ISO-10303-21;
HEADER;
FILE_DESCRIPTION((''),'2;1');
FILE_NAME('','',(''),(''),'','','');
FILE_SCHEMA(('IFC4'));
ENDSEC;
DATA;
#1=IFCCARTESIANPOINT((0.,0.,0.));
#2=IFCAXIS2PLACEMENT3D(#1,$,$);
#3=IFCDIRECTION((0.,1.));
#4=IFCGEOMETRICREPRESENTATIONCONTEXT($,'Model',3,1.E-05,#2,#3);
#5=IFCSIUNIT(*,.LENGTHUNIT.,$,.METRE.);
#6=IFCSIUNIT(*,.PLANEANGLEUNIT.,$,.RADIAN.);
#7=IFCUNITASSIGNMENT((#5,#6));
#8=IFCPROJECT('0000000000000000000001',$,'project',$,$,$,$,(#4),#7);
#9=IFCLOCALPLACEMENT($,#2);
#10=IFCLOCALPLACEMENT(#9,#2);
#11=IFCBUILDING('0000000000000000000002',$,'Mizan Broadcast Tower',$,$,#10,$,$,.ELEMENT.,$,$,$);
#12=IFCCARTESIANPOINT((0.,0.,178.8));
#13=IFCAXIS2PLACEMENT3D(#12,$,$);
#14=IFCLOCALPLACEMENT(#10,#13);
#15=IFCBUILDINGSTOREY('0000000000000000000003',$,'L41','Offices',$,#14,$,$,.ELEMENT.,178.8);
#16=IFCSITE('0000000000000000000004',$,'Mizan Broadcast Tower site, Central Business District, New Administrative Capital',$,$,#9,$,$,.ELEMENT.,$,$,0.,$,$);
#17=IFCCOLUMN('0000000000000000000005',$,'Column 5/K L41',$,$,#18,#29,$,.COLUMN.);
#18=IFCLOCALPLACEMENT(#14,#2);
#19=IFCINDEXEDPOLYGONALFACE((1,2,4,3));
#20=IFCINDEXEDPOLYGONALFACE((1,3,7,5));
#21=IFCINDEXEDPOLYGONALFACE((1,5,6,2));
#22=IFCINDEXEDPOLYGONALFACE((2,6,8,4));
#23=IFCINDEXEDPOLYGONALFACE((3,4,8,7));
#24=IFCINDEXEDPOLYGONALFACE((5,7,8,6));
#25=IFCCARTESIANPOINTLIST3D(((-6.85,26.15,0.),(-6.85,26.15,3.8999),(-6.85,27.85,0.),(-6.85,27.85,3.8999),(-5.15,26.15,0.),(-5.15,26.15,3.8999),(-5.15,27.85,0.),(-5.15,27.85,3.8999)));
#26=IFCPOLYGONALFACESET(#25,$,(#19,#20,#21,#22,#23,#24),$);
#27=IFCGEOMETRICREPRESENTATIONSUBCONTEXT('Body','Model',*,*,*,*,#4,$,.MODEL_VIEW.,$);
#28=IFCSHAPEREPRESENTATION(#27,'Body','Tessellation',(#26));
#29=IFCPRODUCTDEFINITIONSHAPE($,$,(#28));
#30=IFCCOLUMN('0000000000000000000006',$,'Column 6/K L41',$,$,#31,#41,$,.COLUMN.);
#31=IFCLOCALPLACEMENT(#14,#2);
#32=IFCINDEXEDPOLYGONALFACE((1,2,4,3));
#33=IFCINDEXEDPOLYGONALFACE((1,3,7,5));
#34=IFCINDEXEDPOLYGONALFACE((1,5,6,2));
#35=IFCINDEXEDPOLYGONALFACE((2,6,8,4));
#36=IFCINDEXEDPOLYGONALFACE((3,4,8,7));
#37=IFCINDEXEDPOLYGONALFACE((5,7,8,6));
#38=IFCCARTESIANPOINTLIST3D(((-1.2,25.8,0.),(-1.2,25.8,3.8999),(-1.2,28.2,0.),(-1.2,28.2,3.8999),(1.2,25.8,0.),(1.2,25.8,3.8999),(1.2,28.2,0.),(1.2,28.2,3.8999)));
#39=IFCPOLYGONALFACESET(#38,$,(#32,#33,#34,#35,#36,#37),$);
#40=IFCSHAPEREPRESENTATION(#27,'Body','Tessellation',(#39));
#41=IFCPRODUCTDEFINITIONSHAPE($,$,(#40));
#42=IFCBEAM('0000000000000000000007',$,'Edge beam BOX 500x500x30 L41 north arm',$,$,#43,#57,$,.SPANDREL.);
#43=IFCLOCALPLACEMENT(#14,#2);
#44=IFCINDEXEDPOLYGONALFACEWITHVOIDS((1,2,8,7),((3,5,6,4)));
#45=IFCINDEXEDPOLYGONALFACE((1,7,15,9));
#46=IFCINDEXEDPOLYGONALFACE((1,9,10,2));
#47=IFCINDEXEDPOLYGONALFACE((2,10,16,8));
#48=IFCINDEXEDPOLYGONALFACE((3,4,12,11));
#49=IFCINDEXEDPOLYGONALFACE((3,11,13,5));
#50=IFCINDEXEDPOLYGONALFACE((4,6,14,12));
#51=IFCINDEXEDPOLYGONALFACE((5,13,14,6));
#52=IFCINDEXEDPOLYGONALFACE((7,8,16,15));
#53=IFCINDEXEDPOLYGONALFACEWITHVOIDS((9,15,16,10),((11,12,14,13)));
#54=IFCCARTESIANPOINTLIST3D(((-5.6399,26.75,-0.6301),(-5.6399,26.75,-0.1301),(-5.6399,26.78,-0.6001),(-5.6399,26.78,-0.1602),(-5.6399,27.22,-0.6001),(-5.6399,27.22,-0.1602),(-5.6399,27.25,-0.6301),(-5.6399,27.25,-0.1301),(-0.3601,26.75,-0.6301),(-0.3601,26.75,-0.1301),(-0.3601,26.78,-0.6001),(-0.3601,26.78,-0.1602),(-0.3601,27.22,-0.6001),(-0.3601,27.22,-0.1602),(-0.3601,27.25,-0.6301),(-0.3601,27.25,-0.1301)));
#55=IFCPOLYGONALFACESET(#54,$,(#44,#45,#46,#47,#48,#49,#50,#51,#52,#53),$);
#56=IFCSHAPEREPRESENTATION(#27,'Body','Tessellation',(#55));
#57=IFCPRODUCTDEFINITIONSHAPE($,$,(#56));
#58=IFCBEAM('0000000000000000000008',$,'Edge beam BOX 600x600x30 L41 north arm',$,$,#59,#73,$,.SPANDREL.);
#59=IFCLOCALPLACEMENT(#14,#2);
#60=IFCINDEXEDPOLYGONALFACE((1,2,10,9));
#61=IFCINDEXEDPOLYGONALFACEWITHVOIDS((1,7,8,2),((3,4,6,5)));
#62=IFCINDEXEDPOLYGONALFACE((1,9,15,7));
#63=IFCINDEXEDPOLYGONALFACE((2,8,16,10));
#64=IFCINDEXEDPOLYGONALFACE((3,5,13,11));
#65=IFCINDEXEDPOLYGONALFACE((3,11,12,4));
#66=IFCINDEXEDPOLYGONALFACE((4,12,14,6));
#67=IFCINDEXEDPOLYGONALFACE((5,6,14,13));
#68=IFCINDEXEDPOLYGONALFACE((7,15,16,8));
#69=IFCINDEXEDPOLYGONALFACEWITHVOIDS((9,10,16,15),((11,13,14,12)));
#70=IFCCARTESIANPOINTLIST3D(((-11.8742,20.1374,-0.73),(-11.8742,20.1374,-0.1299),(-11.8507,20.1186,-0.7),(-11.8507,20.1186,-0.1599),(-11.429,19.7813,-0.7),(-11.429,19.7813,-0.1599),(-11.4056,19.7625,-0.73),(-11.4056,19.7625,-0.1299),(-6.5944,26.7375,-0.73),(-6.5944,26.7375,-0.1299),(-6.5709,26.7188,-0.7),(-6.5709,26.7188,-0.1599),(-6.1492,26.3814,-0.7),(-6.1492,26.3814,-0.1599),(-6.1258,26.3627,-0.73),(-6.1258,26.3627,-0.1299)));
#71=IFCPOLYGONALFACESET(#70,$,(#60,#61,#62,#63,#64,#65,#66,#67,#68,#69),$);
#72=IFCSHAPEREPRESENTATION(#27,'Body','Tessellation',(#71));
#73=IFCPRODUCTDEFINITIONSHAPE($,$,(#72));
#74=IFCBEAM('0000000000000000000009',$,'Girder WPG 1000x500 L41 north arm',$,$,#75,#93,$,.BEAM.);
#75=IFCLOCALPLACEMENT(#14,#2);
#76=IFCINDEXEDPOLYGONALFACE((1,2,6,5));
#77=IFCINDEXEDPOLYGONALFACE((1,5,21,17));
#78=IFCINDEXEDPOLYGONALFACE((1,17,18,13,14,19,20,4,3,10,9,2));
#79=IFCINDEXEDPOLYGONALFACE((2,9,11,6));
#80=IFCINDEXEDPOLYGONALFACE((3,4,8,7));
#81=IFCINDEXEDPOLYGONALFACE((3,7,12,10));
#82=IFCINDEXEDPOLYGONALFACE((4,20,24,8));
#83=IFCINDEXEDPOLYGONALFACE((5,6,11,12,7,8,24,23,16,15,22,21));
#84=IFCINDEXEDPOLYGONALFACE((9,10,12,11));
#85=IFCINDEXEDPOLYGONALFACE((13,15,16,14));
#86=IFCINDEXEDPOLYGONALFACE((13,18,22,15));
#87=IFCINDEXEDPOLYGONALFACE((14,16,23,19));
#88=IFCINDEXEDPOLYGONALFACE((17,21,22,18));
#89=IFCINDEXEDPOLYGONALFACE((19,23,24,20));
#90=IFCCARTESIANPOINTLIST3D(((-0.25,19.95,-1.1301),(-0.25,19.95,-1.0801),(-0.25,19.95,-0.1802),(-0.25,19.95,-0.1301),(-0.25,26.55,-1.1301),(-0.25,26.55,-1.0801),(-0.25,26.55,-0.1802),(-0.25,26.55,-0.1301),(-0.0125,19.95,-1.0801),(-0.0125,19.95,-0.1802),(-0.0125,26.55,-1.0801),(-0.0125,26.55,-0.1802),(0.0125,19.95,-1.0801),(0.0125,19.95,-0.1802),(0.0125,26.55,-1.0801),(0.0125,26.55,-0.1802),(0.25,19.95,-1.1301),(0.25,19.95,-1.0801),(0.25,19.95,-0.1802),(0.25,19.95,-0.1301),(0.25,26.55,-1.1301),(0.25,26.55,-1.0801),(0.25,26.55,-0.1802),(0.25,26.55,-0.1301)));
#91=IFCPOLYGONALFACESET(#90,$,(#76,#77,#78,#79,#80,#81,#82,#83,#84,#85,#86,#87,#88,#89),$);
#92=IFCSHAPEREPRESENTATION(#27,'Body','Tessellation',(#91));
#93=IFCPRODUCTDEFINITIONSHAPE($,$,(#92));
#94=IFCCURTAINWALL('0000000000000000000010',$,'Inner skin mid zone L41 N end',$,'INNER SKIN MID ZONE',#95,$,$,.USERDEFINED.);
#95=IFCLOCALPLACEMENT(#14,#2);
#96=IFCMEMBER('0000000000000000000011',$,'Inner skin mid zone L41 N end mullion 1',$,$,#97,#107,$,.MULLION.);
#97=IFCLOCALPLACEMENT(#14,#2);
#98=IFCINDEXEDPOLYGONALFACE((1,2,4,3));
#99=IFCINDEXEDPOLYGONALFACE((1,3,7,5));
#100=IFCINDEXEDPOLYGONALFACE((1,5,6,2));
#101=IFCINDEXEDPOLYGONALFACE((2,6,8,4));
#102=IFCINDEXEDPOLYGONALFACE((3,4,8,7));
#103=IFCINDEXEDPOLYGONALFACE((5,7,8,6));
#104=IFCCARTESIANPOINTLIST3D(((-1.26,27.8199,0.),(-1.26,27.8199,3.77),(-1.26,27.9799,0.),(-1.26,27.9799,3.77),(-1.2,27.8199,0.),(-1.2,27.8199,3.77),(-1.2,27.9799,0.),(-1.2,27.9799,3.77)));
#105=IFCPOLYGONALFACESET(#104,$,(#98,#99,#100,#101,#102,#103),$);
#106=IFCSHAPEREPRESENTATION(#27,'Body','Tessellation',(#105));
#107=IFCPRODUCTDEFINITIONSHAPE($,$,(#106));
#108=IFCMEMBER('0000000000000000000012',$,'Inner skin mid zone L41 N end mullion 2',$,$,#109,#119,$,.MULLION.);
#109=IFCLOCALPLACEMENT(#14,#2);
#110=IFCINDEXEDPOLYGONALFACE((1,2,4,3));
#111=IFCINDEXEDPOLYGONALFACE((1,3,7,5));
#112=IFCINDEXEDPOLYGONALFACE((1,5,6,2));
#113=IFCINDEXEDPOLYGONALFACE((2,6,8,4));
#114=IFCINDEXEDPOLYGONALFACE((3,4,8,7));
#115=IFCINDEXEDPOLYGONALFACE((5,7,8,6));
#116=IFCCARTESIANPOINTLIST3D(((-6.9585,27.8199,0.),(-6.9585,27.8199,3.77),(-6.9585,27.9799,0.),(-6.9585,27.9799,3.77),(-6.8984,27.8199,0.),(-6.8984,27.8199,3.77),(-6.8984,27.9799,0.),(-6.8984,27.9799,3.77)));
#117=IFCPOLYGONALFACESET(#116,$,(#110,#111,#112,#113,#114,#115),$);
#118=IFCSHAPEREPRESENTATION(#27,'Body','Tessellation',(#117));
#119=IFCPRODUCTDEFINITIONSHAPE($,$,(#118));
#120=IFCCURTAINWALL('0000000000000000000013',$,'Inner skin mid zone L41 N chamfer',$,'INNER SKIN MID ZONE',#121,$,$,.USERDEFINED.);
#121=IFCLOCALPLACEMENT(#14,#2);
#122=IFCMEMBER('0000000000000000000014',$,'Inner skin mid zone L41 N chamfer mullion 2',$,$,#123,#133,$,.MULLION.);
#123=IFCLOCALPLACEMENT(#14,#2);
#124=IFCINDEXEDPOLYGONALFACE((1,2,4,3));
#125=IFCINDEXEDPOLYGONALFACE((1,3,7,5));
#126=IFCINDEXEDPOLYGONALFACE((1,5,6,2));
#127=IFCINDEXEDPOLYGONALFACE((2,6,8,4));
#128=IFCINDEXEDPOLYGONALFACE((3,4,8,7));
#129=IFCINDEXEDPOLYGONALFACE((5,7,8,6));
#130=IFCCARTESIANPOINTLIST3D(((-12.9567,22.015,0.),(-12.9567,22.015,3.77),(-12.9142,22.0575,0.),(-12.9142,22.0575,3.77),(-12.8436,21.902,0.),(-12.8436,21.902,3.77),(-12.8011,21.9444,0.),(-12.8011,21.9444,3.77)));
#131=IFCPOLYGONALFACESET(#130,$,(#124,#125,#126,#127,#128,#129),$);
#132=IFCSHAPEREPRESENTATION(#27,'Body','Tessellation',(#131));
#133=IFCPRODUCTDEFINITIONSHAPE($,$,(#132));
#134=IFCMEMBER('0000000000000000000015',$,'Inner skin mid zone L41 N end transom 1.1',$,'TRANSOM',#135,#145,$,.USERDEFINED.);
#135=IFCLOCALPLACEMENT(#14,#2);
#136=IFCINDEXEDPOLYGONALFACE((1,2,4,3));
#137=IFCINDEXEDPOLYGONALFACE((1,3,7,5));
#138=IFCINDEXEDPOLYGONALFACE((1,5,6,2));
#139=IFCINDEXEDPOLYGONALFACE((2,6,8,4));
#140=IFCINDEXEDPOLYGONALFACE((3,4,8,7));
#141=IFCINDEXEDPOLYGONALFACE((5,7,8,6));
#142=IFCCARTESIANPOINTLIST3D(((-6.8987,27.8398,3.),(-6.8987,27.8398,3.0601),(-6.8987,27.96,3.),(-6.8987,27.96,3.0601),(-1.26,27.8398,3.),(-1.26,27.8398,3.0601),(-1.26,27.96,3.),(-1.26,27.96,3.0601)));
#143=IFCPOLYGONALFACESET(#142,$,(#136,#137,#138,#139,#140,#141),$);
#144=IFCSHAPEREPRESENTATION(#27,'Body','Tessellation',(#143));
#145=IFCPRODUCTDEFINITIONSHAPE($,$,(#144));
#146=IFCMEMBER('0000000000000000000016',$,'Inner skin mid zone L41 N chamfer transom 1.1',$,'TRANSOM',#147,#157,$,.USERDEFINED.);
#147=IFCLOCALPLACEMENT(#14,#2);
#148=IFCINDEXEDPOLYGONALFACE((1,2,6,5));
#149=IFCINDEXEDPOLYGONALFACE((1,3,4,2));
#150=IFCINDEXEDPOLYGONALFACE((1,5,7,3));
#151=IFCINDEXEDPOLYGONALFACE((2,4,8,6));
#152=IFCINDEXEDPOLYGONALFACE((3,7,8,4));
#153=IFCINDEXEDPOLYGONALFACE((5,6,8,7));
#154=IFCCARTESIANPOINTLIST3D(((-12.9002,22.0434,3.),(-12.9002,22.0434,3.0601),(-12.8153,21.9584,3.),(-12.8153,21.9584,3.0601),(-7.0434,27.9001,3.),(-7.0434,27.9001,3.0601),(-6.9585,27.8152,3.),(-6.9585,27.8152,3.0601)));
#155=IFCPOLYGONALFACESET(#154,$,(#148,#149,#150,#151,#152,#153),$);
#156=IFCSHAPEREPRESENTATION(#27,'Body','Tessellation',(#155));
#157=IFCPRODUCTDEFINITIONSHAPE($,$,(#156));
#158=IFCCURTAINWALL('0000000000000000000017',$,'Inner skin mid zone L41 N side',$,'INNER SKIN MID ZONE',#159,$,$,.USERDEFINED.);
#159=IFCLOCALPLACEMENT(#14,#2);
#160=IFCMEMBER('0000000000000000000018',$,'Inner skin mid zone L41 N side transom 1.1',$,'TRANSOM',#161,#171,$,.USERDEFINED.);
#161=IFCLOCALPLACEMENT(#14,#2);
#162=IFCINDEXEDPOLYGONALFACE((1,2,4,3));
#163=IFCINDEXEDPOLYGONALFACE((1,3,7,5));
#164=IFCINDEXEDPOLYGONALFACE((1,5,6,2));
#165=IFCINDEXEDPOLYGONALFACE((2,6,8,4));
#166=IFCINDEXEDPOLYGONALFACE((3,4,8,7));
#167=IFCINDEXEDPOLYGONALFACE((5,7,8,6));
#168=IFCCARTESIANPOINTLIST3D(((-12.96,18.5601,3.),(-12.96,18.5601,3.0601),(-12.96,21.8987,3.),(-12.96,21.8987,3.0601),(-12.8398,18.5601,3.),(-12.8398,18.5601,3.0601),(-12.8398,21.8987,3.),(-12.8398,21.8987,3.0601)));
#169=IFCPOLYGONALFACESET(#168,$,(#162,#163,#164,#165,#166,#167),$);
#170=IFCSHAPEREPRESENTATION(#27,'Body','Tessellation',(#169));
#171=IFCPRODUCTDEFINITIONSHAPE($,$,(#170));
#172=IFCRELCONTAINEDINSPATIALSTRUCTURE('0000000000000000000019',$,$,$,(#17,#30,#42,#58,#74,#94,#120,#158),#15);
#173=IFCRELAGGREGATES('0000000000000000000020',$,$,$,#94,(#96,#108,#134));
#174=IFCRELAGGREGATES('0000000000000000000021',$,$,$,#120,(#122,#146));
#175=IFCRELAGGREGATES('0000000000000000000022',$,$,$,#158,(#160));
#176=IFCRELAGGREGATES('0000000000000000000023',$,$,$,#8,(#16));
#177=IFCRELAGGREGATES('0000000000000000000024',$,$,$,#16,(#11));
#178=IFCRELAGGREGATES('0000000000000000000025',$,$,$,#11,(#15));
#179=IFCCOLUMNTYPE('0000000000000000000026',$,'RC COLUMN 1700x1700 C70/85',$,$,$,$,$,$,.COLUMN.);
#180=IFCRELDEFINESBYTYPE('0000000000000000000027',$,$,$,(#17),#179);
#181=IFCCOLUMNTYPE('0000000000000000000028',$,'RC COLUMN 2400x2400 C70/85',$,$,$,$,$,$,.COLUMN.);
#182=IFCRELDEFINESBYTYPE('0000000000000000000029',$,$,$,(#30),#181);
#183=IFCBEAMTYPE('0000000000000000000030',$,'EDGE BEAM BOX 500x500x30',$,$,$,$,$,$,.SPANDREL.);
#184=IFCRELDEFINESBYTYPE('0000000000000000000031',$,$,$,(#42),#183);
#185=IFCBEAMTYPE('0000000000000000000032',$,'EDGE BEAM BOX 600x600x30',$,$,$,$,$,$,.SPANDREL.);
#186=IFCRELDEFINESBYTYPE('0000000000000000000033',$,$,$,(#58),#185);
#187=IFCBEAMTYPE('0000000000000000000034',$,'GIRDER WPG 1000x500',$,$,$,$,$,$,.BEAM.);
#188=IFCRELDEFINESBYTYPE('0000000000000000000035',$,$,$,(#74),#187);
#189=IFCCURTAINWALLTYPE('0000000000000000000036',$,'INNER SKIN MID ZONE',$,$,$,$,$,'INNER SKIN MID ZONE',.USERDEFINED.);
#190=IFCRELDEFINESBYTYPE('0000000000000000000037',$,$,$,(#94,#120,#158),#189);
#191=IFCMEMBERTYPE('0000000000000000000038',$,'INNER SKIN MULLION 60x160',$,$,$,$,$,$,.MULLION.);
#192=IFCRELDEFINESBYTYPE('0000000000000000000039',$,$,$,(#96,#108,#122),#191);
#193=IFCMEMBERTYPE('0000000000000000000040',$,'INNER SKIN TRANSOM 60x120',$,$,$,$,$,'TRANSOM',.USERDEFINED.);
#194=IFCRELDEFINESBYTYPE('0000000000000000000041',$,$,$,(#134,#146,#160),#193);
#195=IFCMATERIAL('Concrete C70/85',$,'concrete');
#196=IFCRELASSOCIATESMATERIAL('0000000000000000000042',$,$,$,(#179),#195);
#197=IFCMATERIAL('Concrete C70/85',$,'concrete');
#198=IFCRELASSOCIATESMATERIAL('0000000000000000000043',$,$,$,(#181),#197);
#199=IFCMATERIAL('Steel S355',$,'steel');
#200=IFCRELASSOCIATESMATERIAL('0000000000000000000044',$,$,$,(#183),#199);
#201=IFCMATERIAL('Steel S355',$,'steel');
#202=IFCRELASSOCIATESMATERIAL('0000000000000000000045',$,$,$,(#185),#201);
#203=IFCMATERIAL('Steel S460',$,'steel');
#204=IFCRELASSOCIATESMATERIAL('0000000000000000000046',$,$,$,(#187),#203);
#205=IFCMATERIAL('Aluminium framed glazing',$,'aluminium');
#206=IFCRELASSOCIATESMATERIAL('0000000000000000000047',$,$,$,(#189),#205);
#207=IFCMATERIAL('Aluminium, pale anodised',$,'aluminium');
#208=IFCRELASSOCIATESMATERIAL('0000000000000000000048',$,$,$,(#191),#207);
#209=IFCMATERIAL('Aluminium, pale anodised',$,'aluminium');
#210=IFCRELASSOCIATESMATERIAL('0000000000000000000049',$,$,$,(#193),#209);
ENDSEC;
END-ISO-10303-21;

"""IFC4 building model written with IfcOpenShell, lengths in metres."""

from ifc_helpers import new_model, si_unit, direction, frame, origin, origin_2d, place, context, subcontext, project, spatial, rectangle, hollow_rectangle, i_section, extrude, material, material_profile, profile_set, type_object, element, aggregate, save


model = new_model("IFC4")

# Units and contexts
model_context = context("Model", 3, precision=1e-05, world=origin(), true_north=direction((0.0, 1.0)))
body_context = subcontext(model_context, "Body", "Model", "MODEL_VIEW")
ifc_project = project(units=[si_unit("LENGTHUNIT", "METRE"), si_unit("PLANEANGLEUNIT", "RADIAN")], contexts=[model_context])

# Site, building, storey
site_placement = place(None, origin())
site = spatial("IfcSite", under=ifc_project, at=site_placement, Name="Mizan Broadcast Tower site, Central Business District, New Administrative Capital", CompositionType="ELEMENT", RefElevation=0.0)
building_placement = place(site_placement, origin())
building = spatial("IfcBuilding", under=site, at=building_placement, Name="Mizan Broadcast Tower", CompositionType="ELEMENT")
storey_placement = place(building_placement, frame((0.0, 0.0, 178.8)))
storey = spatial("IfcBuildingStorey", under=building, at=storey_placement, Name="L41", Description="Offices", CompositionType="ELEMENT", Elevation=178.8)

# Columns
ifc_material_1 = material(Name="Concrete C70/85", Category="concrete")
ifc_material_profile_1 = material_profile(ifc_material_1, rectangle(XDim=1.7, YDim=1.7, at=origin_2d()), Name="RC 1700x1700")
ifc_profile_set_1 = profile_set([ifc_material_profile_1], Name="Concrete C70/85")
column_type_1 = type_object("IfcColumnType", Name="RC COLUMN 1700x1700 C70/85", PredefinedType="COLUMN", material=ifc_profile_set_1)
column_1_placement = place(storey_placement, frame((-6.0, 27.0, 0.0), z_axis=(0.0, 0.0, 1.0), x_axis=(1.0, 0.0, 0.0)))
element("IfcColumn", 1, at=column_1_placement, inside=storey, type_object=column_type_1, Name="Column 5/K L41", PredefinedType="COLUMN", context=body_context, shape_type="SweptSolid", body=[
    extrude(rectangle(XDim=1.7, YDim=1.7, at=origin_2d()), origin(), (0.0, 0.0, 1.0), 3.8999),
])
ifc_material_2 = material(Name="Concrete C70/85", Category="concrete")
ifc_material_profile_2 = material_profile(ifc_material_2, rectangle(XDim=2.3999, YDim=2.3999, at=origin_2d()), Name="RC 2400x2400")
ifc_profile_set_2 = profile_set([ifc_material_profile_2], Name="Concrete C70/85")
column_type_2 = type_object("IfcColumnType", Name="RC COLUMN 2400x2400 C70/85", PredefinedType="COLUMN", material=ifc_profile_set_2)
column_2_placement = place(storey_placement, frame((0.0, 27.0, 0.0), z_axis=(0.0, 0.0, 1.0), x_axis=(1.0, 0.0, 0.0)))
element("IfcColumn", 2, at=column_2_placement, inside=storey, type_object=column_type_2, Name="Column 6/K L41", PredefinedType="COLUMN", context=body_context, shape_type="SweptSolid", body=[
    extrude(rectangle(XDim=2.3999, YDim=2.3999, at=origin_2d()), origin(), (0.0, 0.0, 1.0), 3.8999),
])

# Beams
ifc_material_3 = material(Name="Steel S355", Category="steel")
ifc_material_profile_3 = material_profile(ifc_material_3, hollow_rectangle(XDim=0.5, YDim=0.5, WallThickness=0.03, at=origin_2d()), Name="BOX 500x500x30")
ifc_profile_set_3 = profile_set([ifc_material_profile_3], Name="Steel S355")
beam_type_1 = type_object("IfcBeamType", Name="EDGE BEAM BOX 500x500x30", PredefinedType="SPANDREL", material=ifc_profile_set_3)
beam_1_placement = place(storey_placement, frame((-5.6399, 27.0, -0.3801), z_axis=(1.0, 0.0, 0.0), x_axis=(0.0, 1.0, 0.0)))
element("IfcBeam", 3, at=beam_1_placement, inside=storey, type_object=beam_type_1, Name="Edge beam BOX 500x500x30 L41 north arm", PredefinedType="SPANDREL", context=body_context, shape_type="SweptSolid", body=[
    extrude(hollow_rectangle(XDim=0.5, YDim=0.5, WallThickness=0.03, at=origin_2d()), origin(), (0.0, 0.0, 1.0), 5.2798),
])
ifc_material_4 = material(Name="Steel S355", Category="steel")
ifc_material_profile_4 = material_profile(ifc_material_4, hollow_rectangle(XDim=0.6001, YDim=0.6001, WallThickness=0.03, at=origin_2d()), Name="BOX 600x600x30")
ifc_profile_set_4 = profile_set([ifc_material_profile_4], Name="Steel S355")
beam_type_2 = type_object("IfcBeamType", Name="EDGE BEAM BOX 600x600x30", PredefinedType="SPANDREL", material=ifc_profile_set_4)
beam_2_placement = place(storey_placement, frame((-11.6399, 19.95, -0.4299), z_axis=(0.624674, 0.780886, 0.0), x_axis=(-0.780886, 0.624674, 0.0)))
element("IfcBeam", 4, at=beam_2_placement, inside=storey, type_object=beam_type_2, Name="Edge beam BOX 600x600x30 L41 north arm", PredefinedType="SPANDREL", context=body_context, shape_type="SweptSolid", body=[
    extrude(hollow_rectangle(XDim=0.6001, YDim=0.6001, WallThickness=0.03, at=origin_2d()), origin(), (0.0, 0.0, 1.0), 8.4521),
])
ifc_material_5 = material(Name="Steel S460", Category="steel")
ifc_material_profile_5 = material_profile(ifc_material_5, i_section(OverallWidth=0.5, OverallDepth=1.0, WebThickness=0.0249, FlangeThickness=0.05, at=origin_2d()), Name="WPG 1000x500")
ifc_profile_set_5 = profile_set([ifc_material_profile_5], Name="Steel S460")
beam_type_3 = type_object("IfcBeamType", Name="GIRDER WPG 1000x500", PredefinedType="BEAM", material=ifc_profile_set_5)
beam_3_placement = place(storey_placement, frame((0.0, 19.95, -0.6301), z_axis=(0.0, 1.0, 0.0), x_axis=(-1.0, 0.0, 0.0)))
element("IfcBeam", 5, at=beam_3_placement, inside=storey, type_object=beam_type_3, Name="Girder WPG 1000x500 L41 north arm", PredefinedType="BEAM", context=body_context, shape_type="SweptSolid", body=[
    extrude(i_section(OverallWidth=0.5, OverallDepth=1.0, WebThickness=0.0249, FlangeThickness=0.05, at=origin_2d()), origin(), (0.0, 0.0, 1.0), 6.6001),
])

# Curtain wall, members
ifc_material_6 = material(Name="Aluminium framed glazing", Category="aluminium")
curtain_wall_type_1 = type_object("IfcCurtainWallType", Name="INNER SKIN MID ZONE", ElementType="INNER SKIN MID ZONE", PredefinedType="USERDEFINED", material=ifc_material_6)
curtain_wall_1_placement = place(storey_placement, origin())
curtain_wall_1 = element("IfcCurtainWall", 6, at=curtain_wall_1_placement, inside=storey, type_object=curtain_wall_type_1, Name="Inner skin mid zone L41 N end", ObjectType="INNER SKIN MID ZONE", PredefinedType="USERDEFINED")
ifc_material_7 = material(Name="Aluminium, pale anodised", Category="aluminium")
ifc_material_profile_6 = material_profile(ifc_material_7, rectangle(XDim=0.1599, YDim=0.0601, at=origin_2d()), Name="MULLION 160x60")
ifc_profile_set_6 = profile_set([ifc_material_profile_6], Name="Aluminium, pale anodised")
member_type_1 = type_object("IfcMemberType", Name="INNER SKIN MULLION 60x160", PredefinedType="MULLION", material=ifc_profile_set_6)
member_1_placement = place(storey_placement, frame((-1.23, 27.8999, 0.0), z_axis=(0.0, 0.0, 1.0), x_axis=(0.0, -1.0, 0.0)))
member_1 = element("IfcMember", 7, at=member_1_placement, type_object=member_type_1, Name="Inner skin mid zone L41 N end mullion 1", PredefinedType="MULLION", context=body_context, shape_type="SweptSolid", body=[
    extrude(rectangle(XDim=0.1599, YDim=0.0601, at=origin_2d()), origin(), (0.0, 0.0, 1.0), 3.77),
])
member_2_placement = place(storey_placement, frame((-6.9285, 27.8999, 0.0), z_axis=(0.0, 0.0, 1.0), x_axis=(0.0, -1.0, 0.0)))
member_2 = element("IfcMember", 8, at=member_2_placement, type_object=member_type_1, Name="Inner skin mid zone L41 N end mullion 2", PredefinedType="MULLION", context=body_context, shape_type="SweptSolid", body=[
    extrude(rectangle(XDim=0.1599, YDim=0.0601, at=origin_2d()), origin(), (0.0, 0.0, 1.0), 3.77),
])

# Curtain wall, member
curtain_wall_2_placement = place(storey_placement, origin())
curtain_wall_2 = element("IfcCurtainWall", 9, at=curtain_wall_2_placement, inside=storey, type_object=curtain_wall_type_1, Name="Inner skin mid zone L41 N chamfer", ObjectType="INNER SKIN MID ZONE", PredefinedType="USERDEFINED")
member_3_placement = place(storey_placement, frame((-12.8789, 21.9797, 0.0), z_axis=(0.0, 0.0, 1.0), x_axis=(0.707107, -0.707107, 0.0)))
member_3 = element("IfcMember", 10, at=member_3_placement, type_object=member_type_1, Name="Inner skin mid zone L41 N chamfer mullion 2", PredefinedType="MULLION", context=body_context, shape_type="SweptSolid", body=[
    extrude(rectangle(XDim=0.1599, YDim=0.0601, at=origin_2d()), origin(), (0.0, 0.0, 1.0), 3.77),
])

# Members
ifc_material_8 = material(Name="Aluminium, pale anodised", Category="aluminium")
ifc_material_profile_7 = material_profile(ifc_material_8, rectangle(XDim=0.1201, YDim=0.0601, at=origin_2d()), Name="TRANSOM 120x60")
ifc_profile_set_7 = profile_set([ifc_material_profile_7], Name="Aluminium, pale anodised")
member_type_2 = type_object("IfcMemberType", Name="INNER SKIN TRANSOM 60x120", ElementType="TRANSOM", PredefinedType="USERDEFINED", material=ifc_profile_set_7)
member_4_placement = place(storey_placement, frame((-1.26, 27.8999, 3.03), z_axis=(-1.0, 0.0, 0.0), x_axis=(0.0, -1.0, 0.0)))
member_4 = element("IfcMember", 11, at=member_4_placement, type_object=member_type_2, Name="Inner skin mid zone L41 N end transom 1.1", ObjectType="TRANSOM", PredefinedType="USERDEFINED", context=body_context, shape_type="SweptSolid", body=[
    extrude(rectangle(XDim=0.1201, YDim=0.0601, at=origin_2d()), origin(), (0.0, 0.0, 1.0), 5.6387),
])
member_5_placement = place(storey_placement, frame((-7.001, 27.8577, 3.03), z_axis=(-0.707107, -0.707107, 0.0), x_axis=(0.707107, -0.707107, 0.0)))
member_5 = element("IfcMember", 12, at=member_5_placement, type_object=member_type_2, Name="Inner skin mid zone L41 N chamfer transom 1.1", ObjectType="TRANSOM", PredefinedType="USERDEFINED", context=body_context, shape_type="SweptSolid", body=[
    extrude(rectangle(XDim=0.1201, YDim=0.0601, at=origin_2d()), origin(), (0.0, 0.0, 1.0), 8.2827),
])

# Curtain wall, member
curtain_wall_3_placement = place(storey_placement, origin())
curtain_wall_3 = element("IfcCurtainWall", 13, at=curtain_wall_3_placement, inside=storey, type_object=curtain_wall_type_1, Name="Inner skin mid zone L41 N side", ObjectType="INNER SKIN MID ZONE", PredefinedType="USERDEFINED")
member_6_placement = place(storey_placement, frame((-12.8999, 21.8987, 3.03), z_axis=(0.0, -1.0, 0.0), x_axis=(1.0, 0.0, 0.0)))
member_6 = element("IfcMember", 14, at=member_6_placement, type_object=member_type_2, Name="Inner skin mid zone L41 N side transom 1.1", ObjectType="TRANSOM", PredefinedType="USERDEFINED", context=body_context, shape_type="SweptSolid", body=[
    extrude(rectangle(XDim=0.1201, YDim=0.0601, at=origin_2d()), origin(), (0.0, 0.0, 1.0), 3.3386),
])

aggregate(curtain_wall_1, [member_1, member_2, member_4])
aggregate(curtain_wall_2, [member_3, member_5])
aggregate(curtain_wall_3, [member_6])

save(model, "model.ifc")
